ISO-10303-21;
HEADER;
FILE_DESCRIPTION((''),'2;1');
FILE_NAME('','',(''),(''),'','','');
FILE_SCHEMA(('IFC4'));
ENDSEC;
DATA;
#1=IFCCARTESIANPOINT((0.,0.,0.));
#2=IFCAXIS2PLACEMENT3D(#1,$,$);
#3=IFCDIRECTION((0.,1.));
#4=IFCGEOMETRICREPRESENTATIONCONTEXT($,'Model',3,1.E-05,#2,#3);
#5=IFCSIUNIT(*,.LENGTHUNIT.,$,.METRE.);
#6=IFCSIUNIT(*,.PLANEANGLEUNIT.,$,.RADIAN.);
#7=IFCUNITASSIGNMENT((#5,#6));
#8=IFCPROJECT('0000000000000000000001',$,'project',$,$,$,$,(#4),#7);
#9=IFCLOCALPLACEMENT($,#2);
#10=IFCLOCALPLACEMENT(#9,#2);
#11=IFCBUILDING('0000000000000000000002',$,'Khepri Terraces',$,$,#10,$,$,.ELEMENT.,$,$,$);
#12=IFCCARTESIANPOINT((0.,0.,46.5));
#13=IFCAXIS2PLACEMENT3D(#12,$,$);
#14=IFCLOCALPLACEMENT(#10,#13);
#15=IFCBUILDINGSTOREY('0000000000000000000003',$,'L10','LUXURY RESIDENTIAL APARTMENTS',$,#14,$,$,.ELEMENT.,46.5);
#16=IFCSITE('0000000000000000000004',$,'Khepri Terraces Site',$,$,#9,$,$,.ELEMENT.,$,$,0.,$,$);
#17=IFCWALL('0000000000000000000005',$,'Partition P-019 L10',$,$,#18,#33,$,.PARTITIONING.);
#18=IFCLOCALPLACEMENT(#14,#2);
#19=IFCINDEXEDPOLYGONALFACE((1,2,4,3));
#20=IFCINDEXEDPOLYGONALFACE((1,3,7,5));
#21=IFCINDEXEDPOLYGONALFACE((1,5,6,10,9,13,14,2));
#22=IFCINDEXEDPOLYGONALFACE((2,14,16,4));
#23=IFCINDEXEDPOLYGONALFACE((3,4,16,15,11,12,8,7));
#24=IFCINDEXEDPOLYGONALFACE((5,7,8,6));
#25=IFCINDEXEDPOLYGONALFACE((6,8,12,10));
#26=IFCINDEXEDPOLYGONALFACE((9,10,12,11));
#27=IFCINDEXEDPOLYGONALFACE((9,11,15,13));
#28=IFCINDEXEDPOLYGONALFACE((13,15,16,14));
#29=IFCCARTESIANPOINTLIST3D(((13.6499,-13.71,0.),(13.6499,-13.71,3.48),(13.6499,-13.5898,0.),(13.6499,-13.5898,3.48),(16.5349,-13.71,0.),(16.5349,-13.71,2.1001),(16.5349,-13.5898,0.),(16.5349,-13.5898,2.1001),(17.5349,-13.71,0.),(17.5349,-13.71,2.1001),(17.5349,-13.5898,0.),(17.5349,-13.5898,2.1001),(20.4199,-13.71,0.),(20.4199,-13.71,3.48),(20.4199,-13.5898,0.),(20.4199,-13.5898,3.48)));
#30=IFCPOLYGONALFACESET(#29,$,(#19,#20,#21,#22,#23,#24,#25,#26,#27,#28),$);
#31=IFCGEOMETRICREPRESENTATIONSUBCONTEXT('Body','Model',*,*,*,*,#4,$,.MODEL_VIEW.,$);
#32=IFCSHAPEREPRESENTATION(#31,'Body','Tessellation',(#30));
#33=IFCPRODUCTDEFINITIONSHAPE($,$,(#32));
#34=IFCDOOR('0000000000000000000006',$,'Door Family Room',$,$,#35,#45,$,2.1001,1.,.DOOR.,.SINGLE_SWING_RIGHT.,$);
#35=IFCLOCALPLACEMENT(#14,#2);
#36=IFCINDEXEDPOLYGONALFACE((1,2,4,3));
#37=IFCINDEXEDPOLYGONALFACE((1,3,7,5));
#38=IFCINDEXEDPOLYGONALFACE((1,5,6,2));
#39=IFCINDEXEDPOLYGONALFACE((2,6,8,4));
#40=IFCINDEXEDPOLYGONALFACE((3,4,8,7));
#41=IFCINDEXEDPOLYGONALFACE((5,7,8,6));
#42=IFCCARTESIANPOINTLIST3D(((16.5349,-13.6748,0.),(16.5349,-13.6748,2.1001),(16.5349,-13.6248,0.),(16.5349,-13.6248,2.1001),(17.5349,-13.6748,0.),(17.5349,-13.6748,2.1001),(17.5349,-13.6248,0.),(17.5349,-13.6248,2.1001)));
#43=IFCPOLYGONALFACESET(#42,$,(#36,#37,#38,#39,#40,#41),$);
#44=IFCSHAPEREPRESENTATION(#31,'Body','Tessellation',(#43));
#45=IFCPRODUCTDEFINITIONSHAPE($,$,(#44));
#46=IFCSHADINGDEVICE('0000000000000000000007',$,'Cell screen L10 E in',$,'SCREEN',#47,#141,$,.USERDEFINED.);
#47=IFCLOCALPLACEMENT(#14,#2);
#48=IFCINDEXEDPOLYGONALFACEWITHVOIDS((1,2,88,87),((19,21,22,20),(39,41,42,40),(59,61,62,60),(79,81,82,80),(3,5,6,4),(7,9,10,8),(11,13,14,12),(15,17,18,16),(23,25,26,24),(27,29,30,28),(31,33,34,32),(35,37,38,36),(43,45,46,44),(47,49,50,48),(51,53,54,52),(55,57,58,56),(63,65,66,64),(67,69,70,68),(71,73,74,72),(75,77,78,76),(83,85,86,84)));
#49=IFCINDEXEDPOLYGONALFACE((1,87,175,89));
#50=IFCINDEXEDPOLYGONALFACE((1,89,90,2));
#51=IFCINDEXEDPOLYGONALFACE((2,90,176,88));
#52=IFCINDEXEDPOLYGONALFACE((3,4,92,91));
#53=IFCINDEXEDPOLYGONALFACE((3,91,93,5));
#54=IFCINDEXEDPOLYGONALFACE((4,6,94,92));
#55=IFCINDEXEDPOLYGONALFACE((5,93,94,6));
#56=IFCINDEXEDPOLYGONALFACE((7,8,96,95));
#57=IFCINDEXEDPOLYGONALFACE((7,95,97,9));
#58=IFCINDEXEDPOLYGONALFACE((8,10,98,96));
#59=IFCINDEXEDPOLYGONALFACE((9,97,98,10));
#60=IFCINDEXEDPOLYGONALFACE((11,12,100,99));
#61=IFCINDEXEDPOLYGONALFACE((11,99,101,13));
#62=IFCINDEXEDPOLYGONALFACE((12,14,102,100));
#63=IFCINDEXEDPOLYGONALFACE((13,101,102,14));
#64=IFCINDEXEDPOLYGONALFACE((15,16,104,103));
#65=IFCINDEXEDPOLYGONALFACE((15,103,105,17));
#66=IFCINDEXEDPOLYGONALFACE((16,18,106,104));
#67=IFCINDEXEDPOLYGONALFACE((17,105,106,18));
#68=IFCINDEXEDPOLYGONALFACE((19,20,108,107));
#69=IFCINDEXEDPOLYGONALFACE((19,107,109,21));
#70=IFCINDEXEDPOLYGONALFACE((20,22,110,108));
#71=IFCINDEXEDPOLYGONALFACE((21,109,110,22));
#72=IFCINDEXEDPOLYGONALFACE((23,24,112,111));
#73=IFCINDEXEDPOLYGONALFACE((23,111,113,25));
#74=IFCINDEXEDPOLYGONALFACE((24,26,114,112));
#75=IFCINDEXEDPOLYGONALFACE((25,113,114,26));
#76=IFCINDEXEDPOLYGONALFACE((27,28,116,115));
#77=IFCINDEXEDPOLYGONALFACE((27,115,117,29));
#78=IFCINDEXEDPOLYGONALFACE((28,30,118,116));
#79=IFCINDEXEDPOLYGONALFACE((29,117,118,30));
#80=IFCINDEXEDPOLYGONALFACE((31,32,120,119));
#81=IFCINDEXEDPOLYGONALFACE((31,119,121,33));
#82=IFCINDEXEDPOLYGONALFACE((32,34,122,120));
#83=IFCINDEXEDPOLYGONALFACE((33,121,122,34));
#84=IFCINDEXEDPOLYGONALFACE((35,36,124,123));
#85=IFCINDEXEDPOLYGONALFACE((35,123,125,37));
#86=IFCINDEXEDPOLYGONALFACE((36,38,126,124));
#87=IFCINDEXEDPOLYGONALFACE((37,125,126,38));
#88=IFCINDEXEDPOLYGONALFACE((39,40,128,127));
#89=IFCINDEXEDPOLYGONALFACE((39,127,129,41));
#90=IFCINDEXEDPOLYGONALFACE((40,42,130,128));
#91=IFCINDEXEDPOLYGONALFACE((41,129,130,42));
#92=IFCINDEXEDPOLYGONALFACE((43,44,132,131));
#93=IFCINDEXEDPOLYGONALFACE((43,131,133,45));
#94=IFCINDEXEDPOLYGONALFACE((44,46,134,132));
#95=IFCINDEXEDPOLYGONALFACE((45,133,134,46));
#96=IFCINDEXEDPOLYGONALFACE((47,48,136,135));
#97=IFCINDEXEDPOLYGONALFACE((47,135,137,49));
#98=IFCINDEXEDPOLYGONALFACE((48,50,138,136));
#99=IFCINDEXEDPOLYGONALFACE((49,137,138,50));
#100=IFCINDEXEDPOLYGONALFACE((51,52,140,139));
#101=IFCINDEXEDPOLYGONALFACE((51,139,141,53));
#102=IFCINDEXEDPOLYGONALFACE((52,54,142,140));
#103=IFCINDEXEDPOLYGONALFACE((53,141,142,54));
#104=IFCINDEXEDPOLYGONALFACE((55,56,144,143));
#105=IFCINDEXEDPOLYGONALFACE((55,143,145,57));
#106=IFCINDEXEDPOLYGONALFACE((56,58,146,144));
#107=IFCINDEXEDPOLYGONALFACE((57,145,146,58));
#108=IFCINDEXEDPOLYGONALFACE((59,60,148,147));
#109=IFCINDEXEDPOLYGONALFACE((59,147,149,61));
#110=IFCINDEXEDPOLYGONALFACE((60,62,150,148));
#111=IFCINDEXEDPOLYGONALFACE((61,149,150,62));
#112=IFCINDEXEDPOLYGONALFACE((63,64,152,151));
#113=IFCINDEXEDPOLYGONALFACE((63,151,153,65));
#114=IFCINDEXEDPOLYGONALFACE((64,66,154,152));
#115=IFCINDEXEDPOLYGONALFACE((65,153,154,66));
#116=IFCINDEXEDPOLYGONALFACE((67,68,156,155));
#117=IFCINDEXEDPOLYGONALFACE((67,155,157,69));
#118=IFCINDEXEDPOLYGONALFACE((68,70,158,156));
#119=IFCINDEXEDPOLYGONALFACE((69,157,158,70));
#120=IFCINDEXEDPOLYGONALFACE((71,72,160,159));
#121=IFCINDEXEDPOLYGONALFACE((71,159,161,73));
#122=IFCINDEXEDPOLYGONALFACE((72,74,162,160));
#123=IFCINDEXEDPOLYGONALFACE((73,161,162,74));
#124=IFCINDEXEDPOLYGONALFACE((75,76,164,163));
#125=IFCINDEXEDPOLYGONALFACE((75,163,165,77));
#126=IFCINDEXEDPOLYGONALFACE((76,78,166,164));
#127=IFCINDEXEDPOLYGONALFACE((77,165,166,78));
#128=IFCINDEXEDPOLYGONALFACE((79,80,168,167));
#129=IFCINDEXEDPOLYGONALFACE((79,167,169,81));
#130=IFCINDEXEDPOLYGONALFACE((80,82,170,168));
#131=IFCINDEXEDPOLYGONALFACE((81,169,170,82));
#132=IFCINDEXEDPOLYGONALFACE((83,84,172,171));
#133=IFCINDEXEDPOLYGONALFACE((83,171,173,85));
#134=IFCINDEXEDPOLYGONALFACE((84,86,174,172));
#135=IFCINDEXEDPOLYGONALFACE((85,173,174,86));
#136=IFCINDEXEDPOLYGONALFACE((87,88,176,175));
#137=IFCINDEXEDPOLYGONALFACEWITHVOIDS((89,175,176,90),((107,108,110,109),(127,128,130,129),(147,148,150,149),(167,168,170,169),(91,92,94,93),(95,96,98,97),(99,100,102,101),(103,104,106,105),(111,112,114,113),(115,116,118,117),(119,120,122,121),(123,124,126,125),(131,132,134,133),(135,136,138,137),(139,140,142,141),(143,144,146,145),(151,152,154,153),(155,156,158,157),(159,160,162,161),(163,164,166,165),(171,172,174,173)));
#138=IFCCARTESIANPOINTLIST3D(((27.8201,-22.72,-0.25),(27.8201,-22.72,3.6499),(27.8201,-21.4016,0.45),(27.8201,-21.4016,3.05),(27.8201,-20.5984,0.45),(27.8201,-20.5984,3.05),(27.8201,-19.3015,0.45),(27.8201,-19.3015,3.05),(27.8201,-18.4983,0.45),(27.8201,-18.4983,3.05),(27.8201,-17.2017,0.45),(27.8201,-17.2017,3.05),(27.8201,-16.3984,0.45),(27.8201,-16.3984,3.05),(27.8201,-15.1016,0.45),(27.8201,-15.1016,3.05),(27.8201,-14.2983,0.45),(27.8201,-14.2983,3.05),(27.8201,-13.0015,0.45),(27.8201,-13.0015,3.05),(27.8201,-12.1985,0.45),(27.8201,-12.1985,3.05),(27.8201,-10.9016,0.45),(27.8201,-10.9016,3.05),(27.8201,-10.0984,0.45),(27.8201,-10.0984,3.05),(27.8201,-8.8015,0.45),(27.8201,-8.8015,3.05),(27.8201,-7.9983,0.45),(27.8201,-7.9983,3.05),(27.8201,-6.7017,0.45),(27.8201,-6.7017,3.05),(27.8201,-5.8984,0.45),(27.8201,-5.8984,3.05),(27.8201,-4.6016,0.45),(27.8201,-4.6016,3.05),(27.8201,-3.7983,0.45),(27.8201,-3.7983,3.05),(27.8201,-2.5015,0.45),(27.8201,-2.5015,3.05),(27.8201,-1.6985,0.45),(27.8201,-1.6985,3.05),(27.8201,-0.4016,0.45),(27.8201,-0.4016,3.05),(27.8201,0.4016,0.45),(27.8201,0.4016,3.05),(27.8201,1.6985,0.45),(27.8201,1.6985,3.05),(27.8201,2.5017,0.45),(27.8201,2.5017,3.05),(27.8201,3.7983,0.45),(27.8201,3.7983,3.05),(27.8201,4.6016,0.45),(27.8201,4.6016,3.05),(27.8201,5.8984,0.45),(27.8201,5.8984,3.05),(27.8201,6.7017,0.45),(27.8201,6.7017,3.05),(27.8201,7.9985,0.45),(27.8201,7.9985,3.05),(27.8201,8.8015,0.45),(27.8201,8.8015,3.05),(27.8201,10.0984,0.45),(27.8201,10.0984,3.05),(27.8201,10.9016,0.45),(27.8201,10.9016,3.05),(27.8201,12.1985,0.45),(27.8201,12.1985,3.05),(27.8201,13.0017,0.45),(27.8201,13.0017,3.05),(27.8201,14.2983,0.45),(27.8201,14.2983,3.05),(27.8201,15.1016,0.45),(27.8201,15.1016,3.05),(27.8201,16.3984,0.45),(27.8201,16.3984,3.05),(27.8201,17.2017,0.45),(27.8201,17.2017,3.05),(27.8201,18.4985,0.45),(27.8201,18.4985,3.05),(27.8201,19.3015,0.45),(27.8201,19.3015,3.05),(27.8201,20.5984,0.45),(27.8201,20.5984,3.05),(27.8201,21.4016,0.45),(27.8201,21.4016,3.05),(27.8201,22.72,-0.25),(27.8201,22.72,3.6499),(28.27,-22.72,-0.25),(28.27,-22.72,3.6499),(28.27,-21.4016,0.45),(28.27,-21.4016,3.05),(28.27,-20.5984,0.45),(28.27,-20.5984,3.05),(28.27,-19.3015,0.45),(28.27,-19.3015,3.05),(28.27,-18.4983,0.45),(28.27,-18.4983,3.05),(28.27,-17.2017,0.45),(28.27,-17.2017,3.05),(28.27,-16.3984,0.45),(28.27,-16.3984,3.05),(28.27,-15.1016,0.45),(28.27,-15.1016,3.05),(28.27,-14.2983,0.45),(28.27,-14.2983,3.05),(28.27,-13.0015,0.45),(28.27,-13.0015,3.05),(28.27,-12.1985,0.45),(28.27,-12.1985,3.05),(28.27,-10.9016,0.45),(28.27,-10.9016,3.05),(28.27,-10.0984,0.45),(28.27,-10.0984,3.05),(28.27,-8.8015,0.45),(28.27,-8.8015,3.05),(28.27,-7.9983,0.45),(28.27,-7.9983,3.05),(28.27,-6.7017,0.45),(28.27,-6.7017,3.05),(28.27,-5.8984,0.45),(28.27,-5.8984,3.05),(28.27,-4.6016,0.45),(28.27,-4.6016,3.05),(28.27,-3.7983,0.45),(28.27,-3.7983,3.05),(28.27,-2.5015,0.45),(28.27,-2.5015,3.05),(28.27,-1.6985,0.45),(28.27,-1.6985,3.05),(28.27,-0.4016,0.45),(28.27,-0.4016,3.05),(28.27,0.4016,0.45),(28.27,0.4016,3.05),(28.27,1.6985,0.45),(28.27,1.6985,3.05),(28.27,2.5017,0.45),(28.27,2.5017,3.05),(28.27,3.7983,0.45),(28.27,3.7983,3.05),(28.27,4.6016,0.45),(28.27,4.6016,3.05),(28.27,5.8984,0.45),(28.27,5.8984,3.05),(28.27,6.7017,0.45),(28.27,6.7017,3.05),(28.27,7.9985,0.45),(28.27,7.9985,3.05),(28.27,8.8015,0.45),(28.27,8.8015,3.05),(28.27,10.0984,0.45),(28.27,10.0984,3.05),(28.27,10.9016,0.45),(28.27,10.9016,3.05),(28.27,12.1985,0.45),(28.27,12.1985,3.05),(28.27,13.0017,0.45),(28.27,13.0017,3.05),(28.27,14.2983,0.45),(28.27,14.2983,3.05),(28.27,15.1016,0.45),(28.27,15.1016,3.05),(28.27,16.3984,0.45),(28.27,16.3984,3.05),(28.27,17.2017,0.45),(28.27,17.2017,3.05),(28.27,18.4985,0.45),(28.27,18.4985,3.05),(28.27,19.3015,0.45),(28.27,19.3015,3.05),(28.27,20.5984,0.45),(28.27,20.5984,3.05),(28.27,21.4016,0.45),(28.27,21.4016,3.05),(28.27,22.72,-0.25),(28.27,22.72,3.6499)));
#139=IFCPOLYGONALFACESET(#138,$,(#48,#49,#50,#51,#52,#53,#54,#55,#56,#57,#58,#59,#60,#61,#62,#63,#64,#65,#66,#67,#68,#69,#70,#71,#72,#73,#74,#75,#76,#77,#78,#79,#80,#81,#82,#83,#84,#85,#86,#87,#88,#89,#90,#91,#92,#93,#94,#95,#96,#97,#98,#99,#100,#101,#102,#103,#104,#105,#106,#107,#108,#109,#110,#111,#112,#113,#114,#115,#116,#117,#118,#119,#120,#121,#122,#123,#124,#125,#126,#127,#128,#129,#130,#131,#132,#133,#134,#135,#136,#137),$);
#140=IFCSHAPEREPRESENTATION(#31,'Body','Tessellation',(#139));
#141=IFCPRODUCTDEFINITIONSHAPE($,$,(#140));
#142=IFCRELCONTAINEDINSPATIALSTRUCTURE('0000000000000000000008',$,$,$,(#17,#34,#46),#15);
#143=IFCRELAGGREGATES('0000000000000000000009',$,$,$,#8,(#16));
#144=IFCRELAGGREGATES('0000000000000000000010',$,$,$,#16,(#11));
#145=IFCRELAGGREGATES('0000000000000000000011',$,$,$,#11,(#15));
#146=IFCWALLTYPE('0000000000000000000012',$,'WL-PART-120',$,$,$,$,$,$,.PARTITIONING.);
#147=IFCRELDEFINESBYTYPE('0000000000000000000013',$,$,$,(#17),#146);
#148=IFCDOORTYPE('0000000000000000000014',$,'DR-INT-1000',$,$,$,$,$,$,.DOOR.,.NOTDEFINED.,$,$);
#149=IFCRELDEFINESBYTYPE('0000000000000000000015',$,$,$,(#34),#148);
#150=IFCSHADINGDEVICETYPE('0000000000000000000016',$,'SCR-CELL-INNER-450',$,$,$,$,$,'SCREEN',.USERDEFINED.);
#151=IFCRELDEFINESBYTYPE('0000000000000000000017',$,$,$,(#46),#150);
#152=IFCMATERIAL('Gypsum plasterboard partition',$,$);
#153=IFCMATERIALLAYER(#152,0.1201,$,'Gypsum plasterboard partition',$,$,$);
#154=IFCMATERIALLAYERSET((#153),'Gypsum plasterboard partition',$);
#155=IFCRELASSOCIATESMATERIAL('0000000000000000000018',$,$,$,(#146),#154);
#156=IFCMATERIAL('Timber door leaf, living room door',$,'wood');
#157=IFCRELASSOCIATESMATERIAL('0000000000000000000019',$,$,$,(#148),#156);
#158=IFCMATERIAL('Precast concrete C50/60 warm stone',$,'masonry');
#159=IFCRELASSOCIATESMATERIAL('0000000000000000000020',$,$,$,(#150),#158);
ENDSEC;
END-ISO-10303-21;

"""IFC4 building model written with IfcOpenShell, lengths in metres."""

from ifc_helpers import new_model, si_unit, direction, frame, frame_2d, origin, place, context, subcontext, project, spatial, polyline, rectangle, outline, extrude, material, layer, layer_set, type_object, element, fill, save


model = new_model("IFC4")

# Units and contexts
model_context = context("Model", 3, precision=1e-05, world=origin(), true_north=direction((0.0, 1.0)))
body_context = subcontext(model_context, "Body", "Model", "MODEL_VIEW")
ifc_project = project(units=[si_unit("LENGTHUNIT", "METRE"), si_unit("PLANEANGLEUNIT", "RADIAN")], contexts=[model_context])

# Site, building, storey
site_placement = place(None, origin())
site = spatial("IfcSite", under=ifc_project, at=site_placement, Name="Khepri Terraces Site", CompositionType="ELEMENT", RefElevation=0.0)
building_placement = place(site_placement, origin())
building = spatial("IfcBuilding", under=site, at=building_placement, Name="Khepri Terraces", CompositionType="ELEMENT")
storey_placement = place(building_placement, frame((0.0, 0.0, 46.5)))
storey = spatial("IfcBuildingStorey", under=building, at=storey_placement, Name="L10", Description="LUXURY RESIDENTIAL APARTMENTS", CompositionType="ELEMENT", Elevation=46.5)

# Shared definitions
ifc_material_1 = material(Name="Precast concrete C50/60 warm stone", Category="masonry")

# Shared definitions
ifc_material_2 = material(Name="Gypsum plasterboard partition")
ifc_layer_1 = layer(ifc_material_2, 0.1201, Name="Gypsum plasterboard partition")
ifc_layer_set_1 = layer_set([ifc_layer_1], Name="Gypsum plasterboard partition")
wall_type_1 = type_object("IfcWallType", Name="WL-PART-120", PredefinedType="PARTITIONING", material=ifc_layer_set_1)

# Wall, opening, door
wall_1_placement = place(storey_placement, frame((13.6499, -13.6499, 0.0), z_axis=(0.0, 0.0, 1.0), x_axis=(1.0, 0.0, 0.0)))
wall_1 = element("IfcWall", 1, at=wall_1_placement, inside=storey, type_object=wall_type_1, Name="Partition P-019 L10", PredefinedType="PARTITIONING", context=body_context, shape_type="SweptSolid", body=[
    extrude(rectangle(XDim=6.77, YDim=0.1201, at=frame_2d((3.385, 0.0))), origin(), (0.0, 0.0, 1.0), 3.48),
])
opening_1_placement = place(wall_1_placement, frame((2.885, 0.0, 0.0)))
opening_1 = element("IfcOpeningElement", 2, at=opening_1_placement, cuts=wall_1, PredefinedType="OPENING", context=body_context, shape_type="SweptSolid", body=[
    extrude(rectangle(XDim=1.0, YDim=2.1001, at=frame_2d((0.5, 1.05))), frame((0.0, 0.0701, 0.0), z_axis=(0.0, -1.0, 0.0), x_axis=(1.0, 0.0, 0.0)), (0.0, 0.0, 1.0), 0.1401),
])
ifc_material_3 = material(Name="Timber door leaf, living room door", Category="wood")
door_type_1 = type_object("IfcDoorType", Name="DR-INT-1000", OperationType="NOTDEFINED", PredefinedType="DOOR", material=ifc_material_3)
door_1_placement = place(opening_1_placement, frame((1.0, 0.0, 0.0), z_axis=(0.0, 0.0, 1.0), x_axis=(-1.0, 0.0, 0.0)))
door_1 = element("IfcDoor", 3, at=door_1_placement, inside=storey, type_object=door_type_1, Name="Door Family Room", OperationType="SINGLE_SWING_RIGHT", OverallHeight=2.1001, OverallWidth=1.0, PredefinedType="DOOR", context=body_context, shape_type="SweptSolid", body=[
    extrude(rectangle(XDim=1.0, YDim=2.1001, at=frame_2d((0.5, 1.05))), frame((0.0, 0.0249, 0.0), z_axis=(0.0, -1.0, 0.0), x_axis=(1.0, 0.0, 0.0)), (0.0, 0.0, 1.0), 0.05),
])
fill(opening_1, door_1)

# Shading device
shading_device_type_1 = type_object("IfcShadingDeviceType", Name="SCR-CELL-INNER-450", ElementType="SCREEN", PredefinedType="USERDEFINED", material=ifc_material_1)
shading_device_1_placement = place(storey_placement, frame((27.8201, -22.72, -0.25), z_axis=(1.0, 0.0, 0.0), x_axis=(0.0, 1.0, 0.0)))
element("IfcShadingDevice", 4, at=shading_device_1_placement, inside=storey, type_object=shading_device_type_1, Name="Cell screen L10 E in", ObjectType="SCREEN", PredefinedType="USERDEFINED", context=body_context, shape_type="SweptSolid", body=[
    extrude(outline(polyline([(0.0, 0.0), (45.4399, 0.0), (45.4399, 3.8999), (0.0, 3.8999), (0.0, 0.0)]), holes=[polyline([(1.3184, 0.7), (2.1216, 0.7), (2.1216, 3.3), (1.3184, 3.3), (1.3184, 0.7)]), polyline([(3.4185, 0.7), (4.2217, 0.7), (4.2217, 3.3), (3.4185, 3.3), (3.4185, 0.7)]), polyline([(5.5183, 0.7), (6.3215, 0.7), (6.3215, 3.3), (5.5183, 3.3), (5.5183, 0.7)]), polyline([(7.6184, 0.7), (8.4216, 0.7), (8.4216, 3.3), (7.6184, 3.3), (7.6184, 0.7)]), polyline([(9.7185, 0.7), (10.5215, 0.7), (10.5215, 3.3), (9.7185, 3.3), (9.7185, 0.7)]), polyline([(11.8184, 0.7), (12.6216, 0.7), (12.6216, 3.3), (11.8184, 3.3), (11.8184, 0.7)]), polyline([(13.9185, 0.7), (14.7217, 0.7), (14.7217, 3.3), (13.9185, 3.3), (13.9185, 0.7)]), polyline([(16.0183, 0.7), (16.8215, 0.7), (16.8215, 3.3), (16.0183, 3.3), (16.0183, 0.7)]), polyline([(18.1184, 0.7), (18.9216, 0.7), (18.9216, 3.3), (18.1184, 3.3), (18.1184, 0.7)]), polyline([(20.2185, 0.7), (21.0215, 0.7), (21.0215, 3.3), (20.2185, 3.3), (20.2185, 0.7)]), polyline([(22.3184, 0.7), (23.1216, 0.7), (23.1216, 3.3), (22.3184, 3.3), (22.3184, 0.7)]), polyline([(24.4185, 0.7), (25.2217, 0.7), (25.2217, 3.3), (24.4185, 3.3), (24.4185, 0.7)]), polyline([(26.5183, 0.7), (27.3215, 0.7), (27.3215, 3.3), (26.5183, 3.3), (26.5183, 0.7)]), polyline([(28.6184, 0.7), (29.4216, 0.7), (29.4216, 3.3), (28.6184, 3.3), (28.6184, 0.7)]), polyline([(30.7185, 0.7), (31.5215, 0.7), (31.5215, 3.3), (30.7185, 3.3), (30.7185, 0.7)]), polyline([(32.8184, 0.7), (33.6216, 0.7), (33.6216, 3.3), (32.8184, 3.3), (32.8184, 0.7)]), polyline([(34.9185, 0.7), (35.7217, 0.7), (35.7217, 3.3), (34.9185, 3.3), (34.9185, 0.7)]), polyline([(37.0183, 0.7), (37.8215, 0.7), (37.8215, 3.3), (37.0183, 3.3), (37.0183, 0.7)]), polyline([(39.1184, 0.7), (39.9216, 0.7), (39.9216, 3.3), (39.1184, 3.3), (39.1184, 0.7)]), polyline([(41.2185, 0.7), (42.0215, 0.7), (42.0215, 3.3), (41.2185, 3.3), (41.2185, 0.7)]), polyline([(43.3184, 0.7), (44.1216, 0.7), (44.1216, 3.3), (43.3184, 3.3), (43.3184, 0.7)])]), origin(), (0.0, 0.0, 1.0), 0.45),
])

save(model, "model.ifc")
